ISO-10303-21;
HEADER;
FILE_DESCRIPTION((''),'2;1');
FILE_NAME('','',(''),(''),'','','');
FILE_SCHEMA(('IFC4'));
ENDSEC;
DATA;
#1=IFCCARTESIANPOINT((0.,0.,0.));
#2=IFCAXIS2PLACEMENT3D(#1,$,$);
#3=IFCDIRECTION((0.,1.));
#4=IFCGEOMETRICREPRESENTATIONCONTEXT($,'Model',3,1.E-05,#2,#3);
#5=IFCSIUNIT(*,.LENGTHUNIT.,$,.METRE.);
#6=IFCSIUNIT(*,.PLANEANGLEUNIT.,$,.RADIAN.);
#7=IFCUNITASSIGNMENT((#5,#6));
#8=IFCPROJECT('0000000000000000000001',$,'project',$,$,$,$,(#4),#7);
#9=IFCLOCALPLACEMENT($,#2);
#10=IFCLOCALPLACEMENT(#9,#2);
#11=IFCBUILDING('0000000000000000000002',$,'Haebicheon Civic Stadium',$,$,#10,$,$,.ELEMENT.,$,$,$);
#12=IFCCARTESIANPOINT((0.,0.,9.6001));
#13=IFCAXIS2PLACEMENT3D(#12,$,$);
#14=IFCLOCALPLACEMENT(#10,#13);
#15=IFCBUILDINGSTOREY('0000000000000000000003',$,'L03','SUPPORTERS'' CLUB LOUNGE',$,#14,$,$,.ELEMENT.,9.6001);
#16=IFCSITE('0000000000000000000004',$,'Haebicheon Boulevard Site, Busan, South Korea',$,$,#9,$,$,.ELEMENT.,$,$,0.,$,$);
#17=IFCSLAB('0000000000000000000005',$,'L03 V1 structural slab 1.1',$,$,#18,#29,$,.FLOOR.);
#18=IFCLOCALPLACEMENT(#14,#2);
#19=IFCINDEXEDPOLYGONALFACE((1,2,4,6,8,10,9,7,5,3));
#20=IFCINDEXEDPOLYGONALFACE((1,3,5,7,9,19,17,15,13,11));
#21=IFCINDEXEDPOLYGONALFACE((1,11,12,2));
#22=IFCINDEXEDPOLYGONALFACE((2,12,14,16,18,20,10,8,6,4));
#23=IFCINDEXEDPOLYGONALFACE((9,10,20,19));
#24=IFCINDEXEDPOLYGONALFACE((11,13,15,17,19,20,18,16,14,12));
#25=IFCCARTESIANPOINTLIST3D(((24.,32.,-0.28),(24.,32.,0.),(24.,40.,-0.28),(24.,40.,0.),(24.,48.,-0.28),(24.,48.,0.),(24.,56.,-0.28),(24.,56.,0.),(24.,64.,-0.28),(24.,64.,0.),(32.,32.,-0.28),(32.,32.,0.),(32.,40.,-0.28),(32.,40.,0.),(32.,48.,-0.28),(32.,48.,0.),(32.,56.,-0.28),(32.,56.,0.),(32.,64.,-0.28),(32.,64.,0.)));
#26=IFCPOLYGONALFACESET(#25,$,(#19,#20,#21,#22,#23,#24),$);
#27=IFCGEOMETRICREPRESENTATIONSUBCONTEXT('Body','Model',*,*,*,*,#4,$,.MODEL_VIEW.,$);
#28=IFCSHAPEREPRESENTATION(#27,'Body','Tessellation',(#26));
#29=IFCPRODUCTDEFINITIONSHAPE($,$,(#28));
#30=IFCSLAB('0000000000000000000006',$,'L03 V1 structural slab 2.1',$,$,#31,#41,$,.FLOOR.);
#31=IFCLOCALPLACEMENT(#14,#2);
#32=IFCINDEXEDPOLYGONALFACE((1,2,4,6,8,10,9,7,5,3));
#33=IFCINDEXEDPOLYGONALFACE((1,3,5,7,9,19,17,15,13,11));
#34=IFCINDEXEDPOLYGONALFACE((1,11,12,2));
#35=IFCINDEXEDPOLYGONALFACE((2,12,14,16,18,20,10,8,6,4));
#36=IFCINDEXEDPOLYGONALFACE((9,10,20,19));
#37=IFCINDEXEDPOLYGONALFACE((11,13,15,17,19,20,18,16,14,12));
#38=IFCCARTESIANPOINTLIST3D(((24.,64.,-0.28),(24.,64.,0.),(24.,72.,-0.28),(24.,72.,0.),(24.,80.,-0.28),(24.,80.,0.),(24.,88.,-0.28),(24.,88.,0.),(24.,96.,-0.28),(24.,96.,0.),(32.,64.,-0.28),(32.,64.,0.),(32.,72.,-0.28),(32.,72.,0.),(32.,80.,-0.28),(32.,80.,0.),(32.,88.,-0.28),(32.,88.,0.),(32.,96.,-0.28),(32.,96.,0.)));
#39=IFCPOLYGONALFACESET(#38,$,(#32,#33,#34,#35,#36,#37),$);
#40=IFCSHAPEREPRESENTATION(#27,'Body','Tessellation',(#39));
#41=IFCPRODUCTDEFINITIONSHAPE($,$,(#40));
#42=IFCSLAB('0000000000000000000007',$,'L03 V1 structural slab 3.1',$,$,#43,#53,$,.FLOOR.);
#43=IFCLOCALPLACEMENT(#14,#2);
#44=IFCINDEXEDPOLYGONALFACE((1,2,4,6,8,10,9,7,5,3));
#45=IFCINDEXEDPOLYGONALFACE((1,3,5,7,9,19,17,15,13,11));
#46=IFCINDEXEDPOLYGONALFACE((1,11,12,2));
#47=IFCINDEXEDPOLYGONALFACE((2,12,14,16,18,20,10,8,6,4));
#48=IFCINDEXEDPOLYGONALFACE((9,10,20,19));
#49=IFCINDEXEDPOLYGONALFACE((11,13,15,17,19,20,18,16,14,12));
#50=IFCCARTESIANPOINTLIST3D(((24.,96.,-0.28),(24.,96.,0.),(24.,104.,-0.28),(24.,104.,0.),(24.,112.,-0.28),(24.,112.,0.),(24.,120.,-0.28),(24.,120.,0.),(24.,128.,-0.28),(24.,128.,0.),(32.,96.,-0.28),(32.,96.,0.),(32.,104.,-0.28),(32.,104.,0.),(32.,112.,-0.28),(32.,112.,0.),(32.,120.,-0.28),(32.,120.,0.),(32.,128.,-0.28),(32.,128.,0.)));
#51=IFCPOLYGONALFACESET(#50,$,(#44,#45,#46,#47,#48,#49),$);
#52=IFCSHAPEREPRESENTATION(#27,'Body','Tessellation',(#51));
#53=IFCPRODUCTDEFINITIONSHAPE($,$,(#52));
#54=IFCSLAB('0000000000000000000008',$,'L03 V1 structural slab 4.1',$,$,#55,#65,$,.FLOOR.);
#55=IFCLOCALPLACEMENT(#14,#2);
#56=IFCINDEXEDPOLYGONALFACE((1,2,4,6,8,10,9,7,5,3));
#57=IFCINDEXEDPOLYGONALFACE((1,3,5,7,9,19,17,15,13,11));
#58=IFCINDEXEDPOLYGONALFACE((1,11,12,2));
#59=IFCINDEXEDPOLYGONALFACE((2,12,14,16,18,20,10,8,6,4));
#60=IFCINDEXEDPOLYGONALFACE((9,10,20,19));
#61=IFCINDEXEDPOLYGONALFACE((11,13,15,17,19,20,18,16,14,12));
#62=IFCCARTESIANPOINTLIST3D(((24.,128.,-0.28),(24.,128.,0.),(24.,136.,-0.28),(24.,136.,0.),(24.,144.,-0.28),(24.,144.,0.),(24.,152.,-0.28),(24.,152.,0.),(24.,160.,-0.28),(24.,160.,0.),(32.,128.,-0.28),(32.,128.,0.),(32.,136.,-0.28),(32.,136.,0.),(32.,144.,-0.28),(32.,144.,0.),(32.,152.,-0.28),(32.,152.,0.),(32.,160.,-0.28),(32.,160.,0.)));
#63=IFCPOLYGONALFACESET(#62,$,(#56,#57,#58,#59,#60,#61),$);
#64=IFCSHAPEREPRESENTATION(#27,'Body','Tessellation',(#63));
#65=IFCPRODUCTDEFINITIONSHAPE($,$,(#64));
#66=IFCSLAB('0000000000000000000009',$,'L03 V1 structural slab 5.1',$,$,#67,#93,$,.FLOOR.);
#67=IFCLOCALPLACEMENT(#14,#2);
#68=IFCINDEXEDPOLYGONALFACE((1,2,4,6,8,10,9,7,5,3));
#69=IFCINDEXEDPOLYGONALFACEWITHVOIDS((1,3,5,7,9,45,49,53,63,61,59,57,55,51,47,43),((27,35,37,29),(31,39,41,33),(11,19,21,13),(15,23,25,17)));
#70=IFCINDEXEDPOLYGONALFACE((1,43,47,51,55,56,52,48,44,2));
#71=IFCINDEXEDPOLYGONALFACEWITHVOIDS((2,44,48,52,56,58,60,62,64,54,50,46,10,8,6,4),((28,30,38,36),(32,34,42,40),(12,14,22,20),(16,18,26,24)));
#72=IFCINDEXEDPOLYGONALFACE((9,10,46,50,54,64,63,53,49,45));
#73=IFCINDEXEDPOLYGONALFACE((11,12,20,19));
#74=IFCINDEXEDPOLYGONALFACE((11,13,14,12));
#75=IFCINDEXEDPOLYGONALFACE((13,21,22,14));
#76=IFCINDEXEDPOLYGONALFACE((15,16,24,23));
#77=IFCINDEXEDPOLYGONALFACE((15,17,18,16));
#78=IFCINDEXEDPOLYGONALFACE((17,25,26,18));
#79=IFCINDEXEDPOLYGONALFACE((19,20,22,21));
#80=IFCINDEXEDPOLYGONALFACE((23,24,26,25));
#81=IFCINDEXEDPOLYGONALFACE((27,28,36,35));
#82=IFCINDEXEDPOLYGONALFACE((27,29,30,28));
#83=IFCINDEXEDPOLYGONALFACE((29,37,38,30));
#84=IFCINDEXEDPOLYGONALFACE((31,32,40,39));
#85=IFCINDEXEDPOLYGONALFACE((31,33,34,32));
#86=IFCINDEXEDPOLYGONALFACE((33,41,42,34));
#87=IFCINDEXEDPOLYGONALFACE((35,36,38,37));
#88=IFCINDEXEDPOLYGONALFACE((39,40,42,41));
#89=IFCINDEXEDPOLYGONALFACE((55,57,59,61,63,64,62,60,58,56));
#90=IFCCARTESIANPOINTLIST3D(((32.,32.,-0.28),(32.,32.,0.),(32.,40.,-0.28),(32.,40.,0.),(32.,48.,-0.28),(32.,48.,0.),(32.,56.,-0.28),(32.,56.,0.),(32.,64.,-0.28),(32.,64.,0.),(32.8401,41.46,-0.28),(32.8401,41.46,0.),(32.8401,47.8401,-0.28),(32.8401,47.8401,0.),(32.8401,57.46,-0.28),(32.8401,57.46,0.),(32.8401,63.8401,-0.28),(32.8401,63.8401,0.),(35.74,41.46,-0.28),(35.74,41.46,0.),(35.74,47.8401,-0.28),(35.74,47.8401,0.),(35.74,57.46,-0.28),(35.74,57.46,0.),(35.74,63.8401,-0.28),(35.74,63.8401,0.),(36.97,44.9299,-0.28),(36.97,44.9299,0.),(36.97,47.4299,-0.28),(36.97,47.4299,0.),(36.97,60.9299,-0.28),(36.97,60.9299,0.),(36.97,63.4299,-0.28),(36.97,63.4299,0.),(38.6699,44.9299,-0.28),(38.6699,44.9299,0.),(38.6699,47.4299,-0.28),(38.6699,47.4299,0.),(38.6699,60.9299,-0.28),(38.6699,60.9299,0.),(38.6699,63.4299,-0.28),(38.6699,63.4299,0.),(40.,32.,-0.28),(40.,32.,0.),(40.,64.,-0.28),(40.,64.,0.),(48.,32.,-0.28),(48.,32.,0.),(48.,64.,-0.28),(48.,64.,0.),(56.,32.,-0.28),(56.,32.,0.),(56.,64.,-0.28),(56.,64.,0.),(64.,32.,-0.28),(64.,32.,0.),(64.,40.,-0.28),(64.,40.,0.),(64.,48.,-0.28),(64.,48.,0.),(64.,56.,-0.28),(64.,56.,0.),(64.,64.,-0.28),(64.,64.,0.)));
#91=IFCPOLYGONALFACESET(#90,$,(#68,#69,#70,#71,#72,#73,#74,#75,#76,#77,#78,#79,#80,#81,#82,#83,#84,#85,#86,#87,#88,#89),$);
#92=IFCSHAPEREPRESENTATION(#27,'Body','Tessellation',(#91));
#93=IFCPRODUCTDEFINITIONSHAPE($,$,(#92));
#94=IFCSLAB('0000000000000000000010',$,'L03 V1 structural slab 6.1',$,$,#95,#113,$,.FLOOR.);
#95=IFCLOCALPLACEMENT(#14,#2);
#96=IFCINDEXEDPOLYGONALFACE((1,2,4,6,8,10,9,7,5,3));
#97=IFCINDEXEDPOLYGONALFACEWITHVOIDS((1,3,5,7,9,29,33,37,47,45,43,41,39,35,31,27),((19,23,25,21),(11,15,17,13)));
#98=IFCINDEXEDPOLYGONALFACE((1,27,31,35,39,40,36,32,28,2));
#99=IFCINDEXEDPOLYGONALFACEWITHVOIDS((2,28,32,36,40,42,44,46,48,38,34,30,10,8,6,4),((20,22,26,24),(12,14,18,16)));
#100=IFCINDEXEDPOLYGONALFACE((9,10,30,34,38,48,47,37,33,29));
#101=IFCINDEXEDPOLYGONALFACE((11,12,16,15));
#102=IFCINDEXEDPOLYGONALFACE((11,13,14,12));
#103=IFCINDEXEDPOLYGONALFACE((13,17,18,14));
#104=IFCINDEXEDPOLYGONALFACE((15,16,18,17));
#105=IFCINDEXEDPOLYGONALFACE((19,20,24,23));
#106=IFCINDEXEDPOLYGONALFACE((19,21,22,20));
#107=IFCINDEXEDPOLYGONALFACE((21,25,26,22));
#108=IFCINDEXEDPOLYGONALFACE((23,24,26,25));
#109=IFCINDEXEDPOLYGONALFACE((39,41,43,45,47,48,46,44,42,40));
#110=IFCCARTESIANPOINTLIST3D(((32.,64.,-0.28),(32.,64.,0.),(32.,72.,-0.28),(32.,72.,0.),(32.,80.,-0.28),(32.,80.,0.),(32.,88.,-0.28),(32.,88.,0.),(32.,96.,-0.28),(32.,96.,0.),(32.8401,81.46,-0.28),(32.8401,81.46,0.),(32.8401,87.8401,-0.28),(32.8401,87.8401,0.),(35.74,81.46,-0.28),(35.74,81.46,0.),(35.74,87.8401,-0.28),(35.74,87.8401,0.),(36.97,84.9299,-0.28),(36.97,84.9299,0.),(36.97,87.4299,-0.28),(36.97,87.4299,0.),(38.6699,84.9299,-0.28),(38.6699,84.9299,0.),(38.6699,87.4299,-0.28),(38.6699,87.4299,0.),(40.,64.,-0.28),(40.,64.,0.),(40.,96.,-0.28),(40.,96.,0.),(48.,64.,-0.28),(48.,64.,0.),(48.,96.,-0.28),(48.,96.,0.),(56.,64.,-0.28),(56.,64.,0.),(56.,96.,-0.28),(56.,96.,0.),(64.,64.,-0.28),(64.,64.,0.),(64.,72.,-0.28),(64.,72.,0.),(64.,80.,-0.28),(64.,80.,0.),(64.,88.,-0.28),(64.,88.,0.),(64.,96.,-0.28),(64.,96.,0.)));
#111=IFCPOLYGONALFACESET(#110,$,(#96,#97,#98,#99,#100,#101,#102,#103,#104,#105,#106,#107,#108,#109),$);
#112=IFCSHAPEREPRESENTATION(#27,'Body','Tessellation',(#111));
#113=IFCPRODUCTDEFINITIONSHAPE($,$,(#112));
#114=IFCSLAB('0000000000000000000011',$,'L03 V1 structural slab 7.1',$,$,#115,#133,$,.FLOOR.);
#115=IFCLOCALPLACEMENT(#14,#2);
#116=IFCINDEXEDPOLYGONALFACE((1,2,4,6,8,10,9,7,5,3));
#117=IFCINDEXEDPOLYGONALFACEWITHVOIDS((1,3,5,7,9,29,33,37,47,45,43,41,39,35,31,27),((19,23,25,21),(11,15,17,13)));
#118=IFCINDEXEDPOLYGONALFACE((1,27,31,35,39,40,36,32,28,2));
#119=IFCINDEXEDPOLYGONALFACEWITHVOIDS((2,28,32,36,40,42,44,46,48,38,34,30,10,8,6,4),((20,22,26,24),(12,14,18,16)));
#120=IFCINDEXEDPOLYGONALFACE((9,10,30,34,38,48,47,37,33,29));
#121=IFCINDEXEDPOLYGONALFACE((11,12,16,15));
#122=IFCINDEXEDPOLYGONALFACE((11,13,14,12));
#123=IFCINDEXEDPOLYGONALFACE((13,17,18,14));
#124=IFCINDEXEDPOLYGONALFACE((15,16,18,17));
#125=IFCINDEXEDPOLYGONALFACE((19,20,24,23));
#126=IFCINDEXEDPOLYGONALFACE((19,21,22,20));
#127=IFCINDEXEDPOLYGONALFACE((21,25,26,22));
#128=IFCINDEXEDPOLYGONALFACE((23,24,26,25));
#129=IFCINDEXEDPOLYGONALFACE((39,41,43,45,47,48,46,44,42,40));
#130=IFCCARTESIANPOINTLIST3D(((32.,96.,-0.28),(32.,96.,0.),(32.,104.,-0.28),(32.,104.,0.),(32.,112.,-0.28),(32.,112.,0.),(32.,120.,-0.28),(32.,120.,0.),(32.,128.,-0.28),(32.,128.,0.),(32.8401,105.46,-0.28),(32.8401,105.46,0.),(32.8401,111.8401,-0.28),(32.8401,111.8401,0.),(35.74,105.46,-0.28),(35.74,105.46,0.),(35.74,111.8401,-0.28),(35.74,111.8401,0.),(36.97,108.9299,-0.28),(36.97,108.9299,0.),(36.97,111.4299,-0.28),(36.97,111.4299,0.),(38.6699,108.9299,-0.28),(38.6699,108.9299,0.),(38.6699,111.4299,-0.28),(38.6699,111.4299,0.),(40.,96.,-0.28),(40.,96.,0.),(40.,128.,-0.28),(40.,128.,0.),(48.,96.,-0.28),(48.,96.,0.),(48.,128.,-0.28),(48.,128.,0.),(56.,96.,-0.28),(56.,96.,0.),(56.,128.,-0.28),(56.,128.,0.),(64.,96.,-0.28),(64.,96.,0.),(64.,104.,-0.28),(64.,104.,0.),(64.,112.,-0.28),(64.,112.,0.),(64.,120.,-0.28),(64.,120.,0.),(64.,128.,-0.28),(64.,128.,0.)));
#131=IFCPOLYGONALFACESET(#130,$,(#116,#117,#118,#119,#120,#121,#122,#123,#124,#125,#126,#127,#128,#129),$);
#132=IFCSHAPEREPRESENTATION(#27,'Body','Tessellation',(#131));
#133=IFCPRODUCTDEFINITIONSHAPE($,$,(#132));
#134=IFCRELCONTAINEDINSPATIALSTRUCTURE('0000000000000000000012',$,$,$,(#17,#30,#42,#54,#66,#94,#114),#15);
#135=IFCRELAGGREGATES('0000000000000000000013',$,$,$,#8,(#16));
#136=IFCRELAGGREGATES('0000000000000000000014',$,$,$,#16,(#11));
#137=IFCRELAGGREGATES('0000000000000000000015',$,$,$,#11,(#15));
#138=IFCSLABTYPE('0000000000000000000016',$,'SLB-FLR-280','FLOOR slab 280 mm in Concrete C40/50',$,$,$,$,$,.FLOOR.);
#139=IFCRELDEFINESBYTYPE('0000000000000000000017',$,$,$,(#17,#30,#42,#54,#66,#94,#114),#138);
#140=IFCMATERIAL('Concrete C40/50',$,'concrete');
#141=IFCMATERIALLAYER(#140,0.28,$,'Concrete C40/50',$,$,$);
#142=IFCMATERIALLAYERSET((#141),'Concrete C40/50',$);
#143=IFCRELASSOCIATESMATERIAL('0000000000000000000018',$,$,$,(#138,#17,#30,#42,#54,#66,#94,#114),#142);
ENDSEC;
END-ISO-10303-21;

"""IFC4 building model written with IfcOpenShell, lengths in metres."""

from ifc_helpers import new_model, si_unit, direction, frame, origin, place, context, subcontext, project, spatial, polyline, outline, extrude, material, layer, layer_set, type_object, element, save


model = new_model("IFC4")

# Units and contexts
model_context = context("Model", 3, precision=1e-05, world=origin(), true_north=direction((0.0, 1.0)))
body_context = subcontext(model_context, "Body", "Model", "MODEL_VIEW")
ifc_project = project(units=[si_unit("LENGTHUNIT", "METRE"), si_unit("PLANEANGLEUNIT", "RADIAN")], contexts=[model_context])

# Site, building, storey
site_placement = place(None, origin())
site = spatial("IfcSite", under=ifc_project, at=site_placement, Name="Haebicheon Boulevard Site, Busan, South Korea", CompositionType="ELEMENT", RefElevation=0.0)
building_placement = place(site_placement, origin())
building = spatial("IfcBuilding", under=site, at=building_placement, Name="Haebicheon Civic Stadium", CompositionType="ELEMENT")
storey_placement = place(building_placement, frame((0.0, 0.0, 9.6001)))
storey = spatial("IfcBuildingStorey", under=building, at=storey_placement, Name="L03", Description="SUPPORTERS' CLUB LOUNGE", CompositionType="ELEMENT", Elevation=9.6001)

# Slabs
ifc_material = material(Name="Concrete C40/50", Category="concrete")
ifc_layer = layer(ifc_material, 0.28, Name="Concrete C40/50")
ifc_layer_set = layer_set([ifc_layer], Name="Concrete C40/50")
slab_type = type_object("IfcSlabType", Name="SLB-FLR-280", Description="FLOOR slab 280 mm in Concrete C40/50", PredefinedType="FLOOR", material=ifc_layer_set)
slab_1_placement = place(storey_placement, frame((0.0, 0.0, -0.28)))
element("IfcSlab", 1, at=slab_1_placement, inside=storey, type_object=slab_type, material=ifc_layer_set, Name="L03 V1 structural slab 1.1", PredefinedType="FLOOR", context=body_context, shape_type="SweptSolid", body=[
    extrude(outline(polyline([(24.0, 32.0), (24.0, 40.0), (24.0, 48.0), (24.0, 56.0), (24.0, 64.0), (32.0, 64.0), (32.0, 56.0), (32.0, 48.0), (32.0, 40.0), (32.0, 32.0), (24.0, 32.0)])), origin(), (0.0, 0.0, 1.0), 0.28),
])
slab_2_placement = place(storey_placement, frame((0.0, 0.0, -0.28)))
element("IfcSlab", 2, at=slab_2_placement, inside=storey, type_object=slab_type, material=ifc_layer_set, Name="L03 V1 structural slab 2.1", PredefinedType="FLOOR", context=body_context, shape_type="SweptSolid", body=[
    extrude(outline(polyline([(24.0, 64.0), (24.0, 72.0), (24.0, 80.0), (24.0, 88.0), (24.0, 96.0), (32.0, 96.0), (32.0, 88.0), (32.0, 80.0), (32.0, 72.0), (32.0, 64.0), (24.0, 64.0)])), origin(), (0.0, 0.0, 1.0), 0.28),
])
slab_3_placement = place(storey_placement, frame((0.0, 0.0, -0.28)))
element("IfcSlab", 3, at=slab_3_placement, inside=storey, type_object=slab_type, material=ifc_layer_set, Name="L03 V1 structural slab 3.1", PredefinedType="FLOOR", context=body_context, shape_type="SweptSolid", body=[
    extrude(outline(polyline([(24.0, 96.0), (24.0, 104.0), (24.0, 112.0), (24.0, 120.0), (24.0, 128.0), (32.0, 128.0), (32.0, 120.0), (32.0, 112.0), (32.0, 104.0), (32.0, 96.0), (24.0, 96.0)])), origin(), (0.0, 0.0, 1.0), 0.28),
])
slab_4_placement = place(storey_placement, frame((0.0, 0.0, -0.28)))
element("IfcSlab", 4, at=slab_4_placement, inside=storey, type_object=slab_type, material=ifc_layer_set, Name="L03 V1 structural slab 4.1", PredefinedType="FLOOR", context=body_context, shape_type="SweptSolid", body=[
    extrude(outline(polyline([(24.0, 128.0), (24.0, 136.0), (24.0, 144.0), (24.0, 152.0), (24.0, 160.0), (32.0, 160.0), (32.0, 152.0), (32.0, 144.0), (32.0, 136.0), (32.0, 128.0), (24.0, 128.0)])), origin(), (0.0, 0.0, 1.0), 0.28),
])
slab_5_placement = place(storey_placement, frame((0.0, 0.0, -0.28)))
element("IfcSlab", 5, at=slab_5_placement, inside=storey, type_object=slab_type, material=ifc_layer_set, Name="L03 V1 structural slab 5.1", PredefinedType="FLOOR", context=body_context, shape_type="SweptSolid", body=[
    extrude(outline(polyline([(32.0, 56.0), (32.0, 64.0), (40.0, 64.0), (48.0, 64.0), (56.0, 64.0), (64.0, 64.0), (64.0, 56.0), (64.0, 48.0), (64.0, 40.0), (64.0, 32.0), (56.0, 32.0), (48.0, 32.0), (40.0, 32.0), (32.0, 32.0), (32.0, 40.0), (32.0, 48.0), (32.0, 56.0)]), holes=[polyline([(32.8401, 41.46), (35.74, 41.46), (35.74, 47.8401), (32.8401, 47.8401), (32.8401, 41.46)]), polyline([(36.97, 44.9299), (38.6699, 44.9299), (38.6699, 47.4299), (36.97, 47.4299), (36.97, 44.9299)]), polyline([(32.8401, 57.46), (35.74, 57.46), (35.74, 63.8401), (32.8401, 63.8401), (32.8401, 57.46)]), polyline([(36.97, 60.9299), (38.6699, 60.9299), (38.6699, 63.4299), (36.97, 63.4299), (36.97, 60.9299)])]), origin(), (0.0, 0.0, 1.0), 0.28),
])
slab_6_placement = place(storey_placement, frame((0.0, 0.0, -0.28)))
element("IfcSlab", 6, at=slab_6_placement, inside=storey, type_object=slab_type, material=ifc_layer_set, Name="L03 V1 structural slab 6.1", PredefinedType="FLOOR", context=body_context, shape_type="SweptSolid", body=[
    extrude(outline(polyline([(32.0, 88.0), (32.0, 96.0), (40.0, 96.0), (48.0, 96.0), (56.0, 96.0), (64.0, 96.0), (64.0, 88.0), (64.0, 80.0), (64.0, 72.0), (64.0, 64.0), (56.0, 64.0), (48.0, 64.0), (40.0, 64.0), (32.0, 64.0), (32.0, 72.0), (32.0, 80.0), (32.0, 88.0)]), holes=[polyline([(32.8401, 81.46), (35.74, 81.46), (35.74, 87.8401), (32.8401, 87.8401), (32.8401, 81.46)]), polyline([(36.97, 84.9299), (38.6699, 84.9299), (38.6699, 87.4299), (36.97, 87.4299), (36.97, 84.9299)])]), origin(), (0.0, 0.0, 1.0), 0.28),
])
slab_7_placement = place(storey_placement, frame((0.0, 0.0, -0.28)))
element("IfcSlab", 7, at=slab_7_placement, inside=storey, type_object=slab_type, material=ifc_layer_set, Name="L03 V1 structural slab 7.1", PredefinedType="FLOOR", context=body_context, shape_type="SweptSolid", body=[
    extrude(outline(polyline([(32.0, 120.0), (32.0, 128.0), (40.0, 128.0), (48.0, 128.0), (56.0, 128.0), (64.0, 128.0), (64.0, 120.0), (64.0, 112.0), (64.0, 104.0), (64.0, 96.0), (56.0, 96.0), (48.0, 96.0), (40.0, 96.0), (32.0, 96.0), (32.0, 104.0), (32.0, 112.0), (32.0, 120.0)]), holes=[polyline([(32.8401, 105.46), (35.74, 105.46), (35.74, 111.8401), (32.8401, 111.8401), (32.8401, 105.46)]), polyline([(36.97, 108.9299), (38.6699, 108.9299), (38.6699, 111.4299), (36.97, 111.4299), (36.97, 108.9299)])]), origin(), (0.0, 0.0, 1.0), 0.28),
])

save(model, "model.ifc")
